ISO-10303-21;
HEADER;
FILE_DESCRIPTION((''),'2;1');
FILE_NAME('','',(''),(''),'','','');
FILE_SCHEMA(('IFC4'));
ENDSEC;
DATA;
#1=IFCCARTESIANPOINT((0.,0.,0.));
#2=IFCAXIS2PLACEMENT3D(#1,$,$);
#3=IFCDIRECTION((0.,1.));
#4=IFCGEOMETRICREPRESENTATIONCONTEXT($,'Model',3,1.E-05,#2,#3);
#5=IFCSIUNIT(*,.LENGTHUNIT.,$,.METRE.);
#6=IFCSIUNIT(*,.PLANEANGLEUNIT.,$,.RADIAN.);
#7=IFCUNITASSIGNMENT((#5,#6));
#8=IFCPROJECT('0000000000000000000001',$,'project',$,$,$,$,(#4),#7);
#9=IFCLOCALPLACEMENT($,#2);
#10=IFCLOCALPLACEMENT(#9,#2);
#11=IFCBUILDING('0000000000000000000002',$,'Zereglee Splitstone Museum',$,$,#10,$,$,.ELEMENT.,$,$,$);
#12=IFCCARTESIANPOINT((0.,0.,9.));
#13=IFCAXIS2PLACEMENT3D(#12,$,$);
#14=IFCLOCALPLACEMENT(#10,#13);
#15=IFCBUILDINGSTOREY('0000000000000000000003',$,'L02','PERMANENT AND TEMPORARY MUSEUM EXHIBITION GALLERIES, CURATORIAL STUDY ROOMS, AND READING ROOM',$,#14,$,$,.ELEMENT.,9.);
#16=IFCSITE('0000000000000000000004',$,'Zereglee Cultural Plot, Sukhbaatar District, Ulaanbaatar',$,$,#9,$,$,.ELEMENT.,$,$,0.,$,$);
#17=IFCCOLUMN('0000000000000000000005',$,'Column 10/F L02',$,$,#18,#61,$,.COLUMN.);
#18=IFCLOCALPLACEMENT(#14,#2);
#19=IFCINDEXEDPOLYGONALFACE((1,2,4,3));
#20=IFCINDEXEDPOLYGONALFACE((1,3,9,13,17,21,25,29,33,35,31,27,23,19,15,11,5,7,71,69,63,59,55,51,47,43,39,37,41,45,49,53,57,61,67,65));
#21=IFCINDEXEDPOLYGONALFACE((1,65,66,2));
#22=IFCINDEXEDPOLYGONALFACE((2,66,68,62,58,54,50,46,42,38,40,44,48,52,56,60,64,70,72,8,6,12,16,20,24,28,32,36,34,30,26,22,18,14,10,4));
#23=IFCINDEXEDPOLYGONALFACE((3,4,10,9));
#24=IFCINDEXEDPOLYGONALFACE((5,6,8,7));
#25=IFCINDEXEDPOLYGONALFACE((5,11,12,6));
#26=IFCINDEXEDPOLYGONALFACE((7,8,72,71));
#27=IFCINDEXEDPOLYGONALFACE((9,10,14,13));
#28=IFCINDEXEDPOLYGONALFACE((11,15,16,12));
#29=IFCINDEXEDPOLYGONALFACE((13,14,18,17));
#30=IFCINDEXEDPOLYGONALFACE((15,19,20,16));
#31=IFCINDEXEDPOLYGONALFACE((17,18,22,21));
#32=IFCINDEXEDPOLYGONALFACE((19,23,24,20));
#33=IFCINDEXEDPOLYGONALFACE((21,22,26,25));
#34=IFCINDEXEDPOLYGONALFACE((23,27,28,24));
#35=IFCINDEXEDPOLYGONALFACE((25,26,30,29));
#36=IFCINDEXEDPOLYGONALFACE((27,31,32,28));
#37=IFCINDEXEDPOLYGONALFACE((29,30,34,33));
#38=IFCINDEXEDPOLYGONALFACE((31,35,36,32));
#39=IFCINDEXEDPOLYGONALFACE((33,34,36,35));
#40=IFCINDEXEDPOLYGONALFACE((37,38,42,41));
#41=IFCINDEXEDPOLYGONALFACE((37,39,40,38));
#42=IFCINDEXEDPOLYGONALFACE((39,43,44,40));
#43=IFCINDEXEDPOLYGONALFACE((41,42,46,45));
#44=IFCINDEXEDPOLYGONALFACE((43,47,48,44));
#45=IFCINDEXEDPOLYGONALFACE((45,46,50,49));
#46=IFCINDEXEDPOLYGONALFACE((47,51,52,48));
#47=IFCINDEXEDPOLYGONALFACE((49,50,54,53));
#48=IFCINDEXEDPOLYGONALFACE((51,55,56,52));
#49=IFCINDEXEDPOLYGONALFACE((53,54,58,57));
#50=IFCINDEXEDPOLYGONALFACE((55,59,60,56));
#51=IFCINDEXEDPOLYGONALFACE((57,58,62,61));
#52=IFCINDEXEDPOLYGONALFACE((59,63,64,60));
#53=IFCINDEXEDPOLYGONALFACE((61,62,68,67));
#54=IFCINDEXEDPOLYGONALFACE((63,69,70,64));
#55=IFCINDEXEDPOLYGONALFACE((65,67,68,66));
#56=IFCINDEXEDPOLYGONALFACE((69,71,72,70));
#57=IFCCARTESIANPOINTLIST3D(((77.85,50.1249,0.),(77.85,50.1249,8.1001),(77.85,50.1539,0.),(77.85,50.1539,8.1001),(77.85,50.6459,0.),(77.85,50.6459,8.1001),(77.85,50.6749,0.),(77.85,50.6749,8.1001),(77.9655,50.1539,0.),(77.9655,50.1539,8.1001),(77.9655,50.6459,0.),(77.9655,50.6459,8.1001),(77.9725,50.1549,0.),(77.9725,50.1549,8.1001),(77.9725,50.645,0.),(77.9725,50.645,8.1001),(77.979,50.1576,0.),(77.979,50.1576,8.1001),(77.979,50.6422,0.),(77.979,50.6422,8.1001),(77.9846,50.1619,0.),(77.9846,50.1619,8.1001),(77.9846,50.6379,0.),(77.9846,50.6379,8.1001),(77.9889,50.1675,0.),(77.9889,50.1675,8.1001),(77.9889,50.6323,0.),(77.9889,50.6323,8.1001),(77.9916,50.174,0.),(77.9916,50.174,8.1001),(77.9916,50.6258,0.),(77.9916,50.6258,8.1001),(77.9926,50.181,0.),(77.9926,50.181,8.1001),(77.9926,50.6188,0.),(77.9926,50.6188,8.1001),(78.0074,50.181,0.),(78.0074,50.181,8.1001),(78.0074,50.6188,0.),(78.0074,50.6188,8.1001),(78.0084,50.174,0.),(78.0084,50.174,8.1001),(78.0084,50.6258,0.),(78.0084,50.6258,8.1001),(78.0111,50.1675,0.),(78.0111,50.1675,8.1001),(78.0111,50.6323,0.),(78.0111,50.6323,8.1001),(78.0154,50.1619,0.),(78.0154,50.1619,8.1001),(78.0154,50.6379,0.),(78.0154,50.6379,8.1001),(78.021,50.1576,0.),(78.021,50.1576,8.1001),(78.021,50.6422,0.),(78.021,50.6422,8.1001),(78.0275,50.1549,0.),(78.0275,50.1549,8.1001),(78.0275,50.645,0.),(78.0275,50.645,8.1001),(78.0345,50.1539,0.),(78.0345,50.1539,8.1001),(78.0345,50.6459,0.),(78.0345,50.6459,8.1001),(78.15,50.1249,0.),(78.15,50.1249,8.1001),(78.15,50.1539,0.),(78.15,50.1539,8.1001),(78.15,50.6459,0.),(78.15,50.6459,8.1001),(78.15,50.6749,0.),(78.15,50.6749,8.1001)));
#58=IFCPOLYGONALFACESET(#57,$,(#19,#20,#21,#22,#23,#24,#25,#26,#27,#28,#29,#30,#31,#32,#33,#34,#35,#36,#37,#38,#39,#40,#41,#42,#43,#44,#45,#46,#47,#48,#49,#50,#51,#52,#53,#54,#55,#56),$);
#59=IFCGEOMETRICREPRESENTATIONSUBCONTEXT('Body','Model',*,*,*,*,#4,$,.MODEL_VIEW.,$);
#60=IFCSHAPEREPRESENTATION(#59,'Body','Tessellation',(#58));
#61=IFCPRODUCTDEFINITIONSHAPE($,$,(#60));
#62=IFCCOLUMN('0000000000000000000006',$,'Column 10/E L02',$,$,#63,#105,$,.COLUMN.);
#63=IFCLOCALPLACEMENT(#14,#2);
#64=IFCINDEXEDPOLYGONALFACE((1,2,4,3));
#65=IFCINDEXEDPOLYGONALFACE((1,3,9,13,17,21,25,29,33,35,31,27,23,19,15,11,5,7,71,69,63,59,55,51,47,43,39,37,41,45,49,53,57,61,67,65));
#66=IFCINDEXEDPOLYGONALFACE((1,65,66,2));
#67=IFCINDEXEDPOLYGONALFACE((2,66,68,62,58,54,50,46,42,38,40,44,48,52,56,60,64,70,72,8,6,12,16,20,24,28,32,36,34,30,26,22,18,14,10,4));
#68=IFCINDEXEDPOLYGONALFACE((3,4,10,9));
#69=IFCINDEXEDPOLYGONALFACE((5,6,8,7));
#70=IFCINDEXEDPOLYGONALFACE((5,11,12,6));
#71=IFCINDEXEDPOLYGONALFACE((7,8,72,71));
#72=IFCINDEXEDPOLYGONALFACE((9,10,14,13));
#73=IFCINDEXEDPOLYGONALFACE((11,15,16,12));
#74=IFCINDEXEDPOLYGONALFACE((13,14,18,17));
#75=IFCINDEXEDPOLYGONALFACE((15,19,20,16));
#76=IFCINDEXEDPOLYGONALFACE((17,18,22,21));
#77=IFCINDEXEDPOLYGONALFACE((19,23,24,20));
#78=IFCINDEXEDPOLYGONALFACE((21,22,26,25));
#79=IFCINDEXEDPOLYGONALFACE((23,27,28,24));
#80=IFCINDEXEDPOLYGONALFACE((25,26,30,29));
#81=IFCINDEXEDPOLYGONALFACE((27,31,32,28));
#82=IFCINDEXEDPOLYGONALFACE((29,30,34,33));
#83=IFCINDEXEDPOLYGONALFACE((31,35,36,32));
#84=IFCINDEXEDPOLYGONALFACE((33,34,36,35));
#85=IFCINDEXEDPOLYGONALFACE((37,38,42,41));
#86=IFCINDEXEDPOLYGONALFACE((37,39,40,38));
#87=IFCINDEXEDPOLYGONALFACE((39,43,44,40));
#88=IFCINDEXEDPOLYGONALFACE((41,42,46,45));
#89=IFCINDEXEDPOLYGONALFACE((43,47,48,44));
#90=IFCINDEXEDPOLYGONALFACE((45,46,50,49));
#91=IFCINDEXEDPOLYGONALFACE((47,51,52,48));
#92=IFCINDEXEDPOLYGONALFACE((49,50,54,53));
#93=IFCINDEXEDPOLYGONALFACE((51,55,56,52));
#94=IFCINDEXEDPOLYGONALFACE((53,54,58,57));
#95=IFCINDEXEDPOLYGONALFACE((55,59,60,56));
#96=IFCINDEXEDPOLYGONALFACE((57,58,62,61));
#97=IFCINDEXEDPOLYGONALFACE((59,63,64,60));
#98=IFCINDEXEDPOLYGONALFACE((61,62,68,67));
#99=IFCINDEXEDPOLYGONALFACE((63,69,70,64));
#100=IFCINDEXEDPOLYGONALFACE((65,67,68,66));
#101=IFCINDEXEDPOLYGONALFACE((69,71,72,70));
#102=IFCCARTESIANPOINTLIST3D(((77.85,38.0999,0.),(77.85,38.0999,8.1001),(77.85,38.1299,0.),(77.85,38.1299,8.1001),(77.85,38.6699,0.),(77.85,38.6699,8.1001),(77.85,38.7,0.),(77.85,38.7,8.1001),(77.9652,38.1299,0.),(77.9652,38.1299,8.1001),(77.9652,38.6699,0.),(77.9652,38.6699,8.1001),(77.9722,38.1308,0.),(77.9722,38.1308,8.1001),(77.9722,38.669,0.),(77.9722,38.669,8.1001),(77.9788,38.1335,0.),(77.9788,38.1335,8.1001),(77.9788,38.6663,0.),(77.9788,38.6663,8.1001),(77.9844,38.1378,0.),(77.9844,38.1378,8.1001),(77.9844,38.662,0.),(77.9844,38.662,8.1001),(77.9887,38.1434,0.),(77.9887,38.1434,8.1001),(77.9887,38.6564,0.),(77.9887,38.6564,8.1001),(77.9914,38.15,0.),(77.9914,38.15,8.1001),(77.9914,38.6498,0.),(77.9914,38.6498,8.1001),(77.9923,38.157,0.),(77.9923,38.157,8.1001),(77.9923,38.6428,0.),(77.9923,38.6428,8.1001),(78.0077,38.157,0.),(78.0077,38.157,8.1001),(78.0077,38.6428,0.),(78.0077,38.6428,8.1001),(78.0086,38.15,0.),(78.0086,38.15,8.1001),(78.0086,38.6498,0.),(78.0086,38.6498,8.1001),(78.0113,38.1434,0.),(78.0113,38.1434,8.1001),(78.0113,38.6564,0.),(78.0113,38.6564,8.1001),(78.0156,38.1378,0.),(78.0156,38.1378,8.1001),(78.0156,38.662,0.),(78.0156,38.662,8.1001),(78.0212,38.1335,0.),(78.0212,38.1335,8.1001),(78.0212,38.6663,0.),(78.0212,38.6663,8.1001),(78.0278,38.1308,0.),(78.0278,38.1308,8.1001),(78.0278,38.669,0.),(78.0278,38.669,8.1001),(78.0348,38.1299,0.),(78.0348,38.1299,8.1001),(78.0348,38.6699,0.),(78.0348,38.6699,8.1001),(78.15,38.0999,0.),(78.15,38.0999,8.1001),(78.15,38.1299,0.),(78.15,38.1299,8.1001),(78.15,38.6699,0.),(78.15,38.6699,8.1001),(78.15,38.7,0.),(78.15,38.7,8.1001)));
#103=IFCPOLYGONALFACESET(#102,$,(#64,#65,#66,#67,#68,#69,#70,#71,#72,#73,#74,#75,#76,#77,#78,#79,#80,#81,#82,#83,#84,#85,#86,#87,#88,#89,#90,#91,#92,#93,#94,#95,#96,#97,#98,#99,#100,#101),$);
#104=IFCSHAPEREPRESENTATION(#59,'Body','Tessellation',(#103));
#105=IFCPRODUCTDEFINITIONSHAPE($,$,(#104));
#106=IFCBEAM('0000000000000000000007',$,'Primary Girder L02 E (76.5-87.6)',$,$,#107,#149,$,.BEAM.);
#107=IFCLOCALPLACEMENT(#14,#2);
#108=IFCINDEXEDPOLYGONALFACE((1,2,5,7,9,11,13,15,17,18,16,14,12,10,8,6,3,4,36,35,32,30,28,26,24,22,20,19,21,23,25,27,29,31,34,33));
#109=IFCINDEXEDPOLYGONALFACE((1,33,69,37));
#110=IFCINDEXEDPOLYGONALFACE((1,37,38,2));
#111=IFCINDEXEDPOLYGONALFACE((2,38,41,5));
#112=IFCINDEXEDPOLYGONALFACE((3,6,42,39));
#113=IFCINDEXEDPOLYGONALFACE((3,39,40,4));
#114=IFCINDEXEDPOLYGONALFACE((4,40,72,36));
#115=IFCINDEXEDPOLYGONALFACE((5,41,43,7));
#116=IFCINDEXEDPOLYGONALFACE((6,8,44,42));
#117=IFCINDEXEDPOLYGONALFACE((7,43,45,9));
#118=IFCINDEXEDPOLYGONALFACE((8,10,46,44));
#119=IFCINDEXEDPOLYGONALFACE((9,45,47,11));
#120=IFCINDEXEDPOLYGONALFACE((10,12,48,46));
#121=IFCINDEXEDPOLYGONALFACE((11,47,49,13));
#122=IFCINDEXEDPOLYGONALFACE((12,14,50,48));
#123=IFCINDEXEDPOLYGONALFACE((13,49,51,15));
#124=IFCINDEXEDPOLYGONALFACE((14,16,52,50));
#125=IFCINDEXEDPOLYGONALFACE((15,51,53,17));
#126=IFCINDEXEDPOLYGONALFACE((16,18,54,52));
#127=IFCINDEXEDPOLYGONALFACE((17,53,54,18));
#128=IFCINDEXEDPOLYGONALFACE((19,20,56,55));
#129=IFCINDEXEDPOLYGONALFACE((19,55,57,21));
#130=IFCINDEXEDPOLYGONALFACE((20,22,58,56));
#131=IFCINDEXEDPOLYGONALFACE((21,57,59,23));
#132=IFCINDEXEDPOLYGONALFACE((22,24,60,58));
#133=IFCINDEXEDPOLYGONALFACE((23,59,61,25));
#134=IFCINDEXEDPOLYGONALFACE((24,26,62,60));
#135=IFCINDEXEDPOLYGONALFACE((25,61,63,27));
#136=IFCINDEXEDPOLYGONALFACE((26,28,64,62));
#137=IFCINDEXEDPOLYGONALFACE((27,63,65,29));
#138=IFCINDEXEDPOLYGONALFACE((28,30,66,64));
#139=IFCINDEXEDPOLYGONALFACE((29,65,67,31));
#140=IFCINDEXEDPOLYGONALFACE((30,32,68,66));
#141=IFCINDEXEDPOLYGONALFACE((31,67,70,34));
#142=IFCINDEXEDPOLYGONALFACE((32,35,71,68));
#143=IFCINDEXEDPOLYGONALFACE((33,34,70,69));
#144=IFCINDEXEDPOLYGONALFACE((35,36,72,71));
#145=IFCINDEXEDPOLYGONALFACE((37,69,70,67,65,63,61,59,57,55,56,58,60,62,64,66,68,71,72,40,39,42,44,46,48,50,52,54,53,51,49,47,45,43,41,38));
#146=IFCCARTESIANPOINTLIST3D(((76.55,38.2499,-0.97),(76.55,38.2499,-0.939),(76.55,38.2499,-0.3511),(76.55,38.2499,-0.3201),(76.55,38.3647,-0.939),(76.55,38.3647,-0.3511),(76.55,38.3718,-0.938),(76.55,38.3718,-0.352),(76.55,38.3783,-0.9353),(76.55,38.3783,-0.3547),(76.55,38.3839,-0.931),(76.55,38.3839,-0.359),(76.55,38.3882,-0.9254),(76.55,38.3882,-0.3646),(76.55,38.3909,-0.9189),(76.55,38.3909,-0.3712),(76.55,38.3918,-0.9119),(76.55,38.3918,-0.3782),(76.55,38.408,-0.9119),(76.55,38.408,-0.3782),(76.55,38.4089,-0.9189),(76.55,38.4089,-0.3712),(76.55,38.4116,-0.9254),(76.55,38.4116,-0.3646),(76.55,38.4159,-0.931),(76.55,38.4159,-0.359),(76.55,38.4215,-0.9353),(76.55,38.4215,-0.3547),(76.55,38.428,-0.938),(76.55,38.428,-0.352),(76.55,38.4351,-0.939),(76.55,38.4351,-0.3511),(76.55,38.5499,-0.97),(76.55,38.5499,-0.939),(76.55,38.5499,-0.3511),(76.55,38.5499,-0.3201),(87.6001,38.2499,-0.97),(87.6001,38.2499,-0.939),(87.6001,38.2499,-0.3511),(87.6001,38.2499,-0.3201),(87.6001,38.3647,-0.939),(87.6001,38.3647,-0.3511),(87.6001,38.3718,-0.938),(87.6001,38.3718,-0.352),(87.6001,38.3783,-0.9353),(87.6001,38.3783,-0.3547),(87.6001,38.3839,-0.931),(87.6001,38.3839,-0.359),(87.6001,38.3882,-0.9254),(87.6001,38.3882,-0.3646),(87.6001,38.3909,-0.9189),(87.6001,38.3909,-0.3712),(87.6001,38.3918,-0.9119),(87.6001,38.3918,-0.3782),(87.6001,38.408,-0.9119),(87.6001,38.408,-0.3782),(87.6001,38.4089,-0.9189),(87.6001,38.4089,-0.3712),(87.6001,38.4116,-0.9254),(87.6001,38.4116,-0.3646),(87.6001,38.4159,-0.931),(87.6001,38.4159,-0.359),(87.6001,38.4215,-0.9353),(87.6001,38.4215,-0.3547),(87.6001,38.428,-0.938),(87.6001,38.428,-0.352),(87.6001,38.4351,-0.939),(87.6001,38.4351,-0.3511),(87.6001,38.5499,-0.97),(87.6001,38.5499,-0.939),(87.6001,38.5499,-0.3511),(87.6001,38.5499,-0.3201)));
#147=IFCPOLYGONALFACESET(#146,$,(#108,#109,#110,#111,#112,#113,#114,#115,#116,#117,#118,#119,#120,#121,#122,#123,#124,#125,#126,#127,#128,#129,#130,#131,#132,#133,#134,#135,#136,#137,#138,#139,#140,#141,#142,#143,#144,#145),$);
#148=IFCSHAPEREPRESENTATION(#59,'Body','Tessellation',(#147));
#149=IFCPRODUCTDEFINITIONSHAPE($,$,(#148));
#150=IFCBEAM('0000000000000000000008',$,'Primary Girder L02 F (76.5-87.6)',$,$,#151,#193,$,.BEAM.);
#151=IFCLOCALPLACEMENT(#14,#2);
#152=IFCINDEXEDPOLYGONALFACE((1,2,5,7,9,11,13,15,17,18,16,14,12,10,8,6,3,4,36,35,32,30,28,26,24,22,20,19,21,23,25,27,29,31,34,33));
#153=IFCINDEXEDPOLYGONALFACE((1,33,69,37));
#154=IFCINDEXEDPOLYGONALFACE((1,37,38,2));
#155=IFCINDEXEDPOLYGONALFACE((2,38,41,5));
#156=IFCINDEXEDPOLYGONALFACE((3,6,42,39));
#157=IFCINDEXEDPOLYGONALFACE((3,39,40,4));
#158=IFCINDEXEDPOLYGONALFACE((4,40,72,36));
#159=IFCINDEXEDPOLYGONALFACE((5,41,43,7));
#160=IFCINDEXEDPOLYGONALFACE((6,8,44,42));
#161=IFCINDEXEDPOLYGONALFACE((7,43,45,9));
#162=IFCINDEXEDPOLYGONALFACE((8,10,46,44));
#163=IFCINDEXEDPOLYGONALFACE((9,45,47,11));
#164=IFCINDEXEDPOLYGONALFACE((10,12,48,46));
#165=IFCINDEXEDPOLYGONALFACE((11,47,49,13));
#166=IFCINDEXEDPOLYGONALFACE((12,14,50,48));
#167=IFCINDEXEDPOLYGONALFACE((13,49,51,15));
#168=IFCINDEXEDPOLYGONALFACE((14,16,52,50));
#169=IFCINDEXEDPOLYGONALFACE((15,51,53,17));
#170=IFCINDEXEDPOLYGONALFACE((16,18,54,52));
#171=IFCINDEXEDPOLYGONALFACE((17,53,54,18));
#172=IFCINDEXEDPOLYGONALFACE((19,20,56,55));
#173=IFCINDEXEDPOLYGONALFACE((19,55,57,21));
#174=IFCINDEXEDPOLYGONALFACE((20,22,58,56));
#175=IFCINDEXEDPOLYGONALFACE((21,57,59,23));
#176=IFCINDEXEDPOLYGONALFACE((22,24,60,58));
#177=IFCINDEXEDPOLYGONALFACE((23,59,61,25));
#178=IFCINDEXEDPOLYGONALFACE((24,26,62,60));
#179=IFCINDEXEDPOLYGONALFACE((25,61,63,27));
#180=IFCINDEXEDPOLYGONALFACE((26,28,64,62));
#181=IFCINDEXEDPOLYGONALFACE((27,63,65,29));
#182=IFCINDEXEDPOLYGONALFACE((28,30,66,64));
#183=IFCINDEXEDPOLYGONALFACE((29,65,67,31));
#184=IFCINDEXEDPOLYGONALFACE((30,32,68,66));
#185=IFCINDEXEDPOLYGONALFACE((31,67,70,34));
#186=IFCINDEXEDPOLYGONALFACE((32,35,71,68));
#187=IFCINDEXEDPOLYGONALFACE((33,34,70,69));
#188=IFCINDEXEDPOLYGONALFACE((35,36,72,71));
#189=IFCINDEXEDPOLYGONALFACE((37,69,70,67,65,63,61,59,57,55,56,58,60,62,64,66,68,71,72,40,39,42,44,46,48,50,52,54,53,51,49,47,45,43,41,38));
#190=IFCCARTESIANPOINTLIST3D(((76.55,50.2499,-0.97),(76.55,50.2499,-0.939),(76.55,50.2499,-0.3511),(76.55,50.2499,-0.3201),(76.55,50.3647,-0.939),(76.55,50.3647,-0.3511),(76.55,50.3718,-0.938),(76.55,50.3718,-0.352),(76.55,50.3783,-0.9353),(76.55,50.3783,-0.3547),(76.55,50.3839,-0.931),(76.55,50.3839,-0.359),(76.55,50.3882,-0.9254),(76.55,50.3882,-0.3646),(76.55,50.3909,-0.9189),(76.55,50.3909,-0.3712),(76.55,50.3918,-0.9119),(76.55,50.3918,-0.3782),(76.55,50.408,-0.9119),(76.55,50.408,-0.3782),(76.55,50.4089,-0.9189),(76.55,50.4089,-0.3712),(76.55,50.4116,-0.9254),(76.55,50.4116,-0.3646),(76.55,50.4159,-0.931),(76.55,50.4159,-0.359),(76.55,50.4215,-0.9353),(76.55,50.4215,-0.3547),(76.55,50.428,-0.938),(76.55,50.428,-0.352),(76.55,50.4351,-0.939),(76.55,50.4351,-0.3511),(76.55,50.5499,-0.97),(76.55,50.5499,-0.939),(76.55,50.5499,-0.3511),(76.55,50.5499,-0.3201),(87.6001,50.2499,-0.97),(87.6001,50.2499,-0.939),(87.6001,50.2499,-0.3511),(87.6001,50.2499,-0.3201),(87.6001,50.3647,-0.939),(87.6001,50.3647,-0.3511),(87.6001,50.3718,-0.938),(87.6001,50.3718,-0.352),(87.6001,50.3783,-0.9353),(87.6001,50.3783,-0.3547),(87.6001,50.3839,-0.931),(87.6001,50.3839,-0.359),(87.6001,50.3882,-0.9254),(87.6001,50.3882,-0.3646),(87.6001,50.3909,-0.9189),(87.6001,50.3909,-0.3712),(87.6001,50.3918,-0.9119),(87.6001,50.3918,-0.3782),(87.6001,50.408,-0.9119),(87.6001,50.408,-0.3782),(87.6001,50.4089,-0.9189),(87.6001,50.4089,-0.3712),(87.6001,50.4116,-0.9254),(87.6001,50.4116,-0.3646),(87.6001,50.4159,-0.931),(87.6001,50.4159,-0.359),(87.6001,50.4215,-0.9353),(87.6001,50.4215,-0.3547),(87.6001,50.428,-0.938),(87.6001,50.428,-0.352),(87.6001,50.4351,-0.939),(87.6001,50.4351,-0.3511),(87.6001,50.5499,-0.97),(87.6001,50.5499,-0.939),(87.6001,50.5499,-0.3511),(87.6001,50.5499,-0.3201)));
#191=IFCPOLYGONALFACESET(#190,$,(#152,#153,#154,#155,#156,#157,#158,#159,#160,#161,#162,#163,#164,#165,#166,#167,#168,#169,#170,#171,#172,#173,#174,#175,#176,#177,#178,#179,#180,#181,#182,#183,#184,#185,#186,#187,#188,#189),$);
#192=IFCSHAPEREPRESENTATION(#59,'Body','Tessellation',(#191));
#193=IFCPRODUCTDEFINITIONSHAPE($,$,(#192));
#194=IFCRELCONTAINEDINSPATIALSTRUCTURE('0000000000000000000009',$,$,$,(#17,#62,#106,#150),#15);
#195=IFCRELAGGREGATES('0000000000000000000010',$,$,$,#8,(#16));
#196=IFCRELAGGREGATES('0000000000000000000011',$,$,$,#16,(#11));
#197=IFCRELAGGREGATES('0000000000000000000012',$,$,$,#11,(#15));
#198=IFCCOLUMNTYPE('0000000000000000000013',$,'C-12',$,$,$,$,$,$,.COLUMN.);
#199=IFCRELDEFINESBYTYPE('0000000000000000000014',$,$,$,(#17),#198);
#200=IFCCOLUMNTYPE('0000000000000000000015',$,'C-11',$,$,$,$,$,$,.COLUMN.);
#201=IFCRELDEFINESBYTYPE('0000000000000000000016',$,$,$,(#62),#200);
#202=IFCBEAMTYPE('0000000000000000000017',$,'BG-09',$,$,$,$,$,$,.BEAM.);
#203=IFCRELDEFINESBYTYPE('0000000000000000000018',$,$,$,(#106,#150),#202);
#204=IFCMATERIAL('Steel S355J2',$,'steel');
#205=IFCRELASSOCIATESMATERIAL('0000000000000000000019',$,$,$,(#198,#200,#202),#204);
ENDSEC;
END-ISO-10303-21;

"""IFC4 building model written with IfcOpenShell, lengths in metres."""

from ifc_helpers import new_model, si_unit, direction, frame, origin, origin_2d, place, context, subcontext, project, spatial, i_section, extrude, material, material_profile, profile_set, type_object, element, save


model = new_model("IFC4")

# Units and contexts
model_context = context("Model", 3, precision=1e-05, world=origin(), true_north=direction((0.0, 1.0)))
body_context = subcontext(model_context, "Body", "Model", "MODEL_VIEW")
ifc_project = project(units=[si_unit("LENGTHUNIT", "METRE"), si_unit("PLANEANGLEUNIT", "RADIAN")], contexts=[model_context])

# Site, building, storey
site_placement = place(None, origin())
site = spatial("IfcSite", under=ifc_project, at=site_placement, Name="Zereglee Cultural Plot, Sukhbaatar District, Ulaanbaatar", CompositionType="ELEMENT", RefElevation=0.0)
building_placement = place(site_placement, origin())
building = spatial("IfcBuilding", under=site, at=building_placement, Name="Zereglee Splitstone Museum", CompositionType="ELEMENT")
storey_placement = place(building_placement, frame((0.0, 0.0, 9.0)))
storey = spatial("IfcBuildingStorey", under=building, at=storey_placement, Name="L02", Description="PERMANENT AND TEMPORARY MUSEUM EXHIBITION GALLERIES, CURATORIAL STUDY ROOMS, AND READING ROOM", CompositionType="ELEMENT", Elevation=9.0)

# Columns
ifc_material_1 = material(Name="Steel S355J2", Category="steel")
ifc_material_profile_1 = material_profile(ifc_material_1, i_section(OverallWidth=0.3, OverallDepth=0.55, WebThickness=0.0149, FlangeThickness=0.0291, FilletRadius=0.0271, at=origin_2d()), Name="HE 550 B")
ifc_profile_set_1 = profile_set([ifc_material_profile_1], Name="Steel S355J2")
column_type_1 = type_object("IfcColumnType", Name="C-12", PredefinedType="COLUMN", material=ifc_profile_set_1)
column_1_placement = place(storey_placement, frame((78.0, 50.3999, 0.0), z_axis=(0.0, 0.0, 1.0), x_axis=(1.0, 0.0, 0.0)))
element("IfcColumn", 1, at=column_1_placement, inside=storey, type_object=column_type_1, Name="Column 10/F L02", PredefinedType="COLUMN", context=body_context, shape_type="SweptSolid", body=[
    extrude(i_section(OverallWidth=0.3, OverallDepth=0.55, WebThickness=0.0149, FlangeThickness=0.0291, FilletRadius=0.0271, at=origin_2d()), origin(), (0.0, 0.0, 1.0), 8.1001),
])
ifc_material_profile_2 = material_profile(ifc_material_1, i_section(OverallWidth=0.3, OverallDepth=0.6001, WebThickness=0.0154, FlangeThickness=0.03, FilletRadius=0.0271, at=origin_2d()), Name="HE 600 B")
ifc_profile_set_2 = profile_set([ifc_material_profile_2], Name="Steel S355J2")
column_type_2 = type_object("IfcColumnType", Name="C-11", PredefinedType="COLUMN", material=ifc_profile_set_2)
column_2_placement = place(storey_placement, frame((78.0, 38.3999, 0.0), z_axis=(0.0, 0.0, 1.0), x_axis=(1.0, 0.0, 0.0)))
element("IfcColumn", 2, at=column_2_placement, inside=storey, type_object=column_type_2, Name="Column 10/E L02", PredefinedType="COLUMN", context=body_context, shape_type="SweptSolid", body=[
    extrude(i_section(OverallWidth=0.3, OverallDepth=0.6001, WebThickness=0.0154, FlangeThickness=0.03, FilletRadius=0.0271, at=origin_2d()), origin(), (0.0, 0.0, 1.0), 8.1001),
])

# Beams
ifc_material_profile_3 = material_profile(ifc_material_1, i_section(OverallWidth=0.3, OverallDepth=0.6499, WebThickness=0.0161, FlangeThickness=0.031, FilletRadius=0.0271, at=origin_2d()), Name="HE 650 B")
ifc_profile_set_3 = profile_set([ifc_material_profile_3], Name="Steel S355J2")
beam_type_1 = type_object("IfcBeamType", Name="BG-09", PredefinedType="BEAM", material=ifc_profile_set_3)
for number, where, z_axis, x_axis, name in (
    (3, (76.55, 38.3999, -0.645), (1.0, 0.0, 0.0), (0.0, 1.0, 0.0), "Primary Girder L02 E (76.5-87.6)"),
    (4, (76.55, 50.3999, -0.645), (1.0, 0.0, 0.0), (0.0, 1.0, 0.0), "Primary Girder L02 F (76.5-87.6)"),
):
    element("IfcBeam", number, at=place(storey_placement, frame(where, z_axis=z_axis, x_axis=x_axis)), inside=storey, type_object=beam_type_1, Name=name, PredefinedType="BEAM", context=body_context, shape_type="SweptSolid", body=[
        extrude(i_section(OverallWidth=0.3, OverallDepth=0.6499, WebThickness=0.0161, FlangeThickness=0.031, FilletRadius=0.0271, at=origin_2d()), origin(), (0.0, 0.0, 1.0), 11.05),
    ])

save(model, "model.ifc")
